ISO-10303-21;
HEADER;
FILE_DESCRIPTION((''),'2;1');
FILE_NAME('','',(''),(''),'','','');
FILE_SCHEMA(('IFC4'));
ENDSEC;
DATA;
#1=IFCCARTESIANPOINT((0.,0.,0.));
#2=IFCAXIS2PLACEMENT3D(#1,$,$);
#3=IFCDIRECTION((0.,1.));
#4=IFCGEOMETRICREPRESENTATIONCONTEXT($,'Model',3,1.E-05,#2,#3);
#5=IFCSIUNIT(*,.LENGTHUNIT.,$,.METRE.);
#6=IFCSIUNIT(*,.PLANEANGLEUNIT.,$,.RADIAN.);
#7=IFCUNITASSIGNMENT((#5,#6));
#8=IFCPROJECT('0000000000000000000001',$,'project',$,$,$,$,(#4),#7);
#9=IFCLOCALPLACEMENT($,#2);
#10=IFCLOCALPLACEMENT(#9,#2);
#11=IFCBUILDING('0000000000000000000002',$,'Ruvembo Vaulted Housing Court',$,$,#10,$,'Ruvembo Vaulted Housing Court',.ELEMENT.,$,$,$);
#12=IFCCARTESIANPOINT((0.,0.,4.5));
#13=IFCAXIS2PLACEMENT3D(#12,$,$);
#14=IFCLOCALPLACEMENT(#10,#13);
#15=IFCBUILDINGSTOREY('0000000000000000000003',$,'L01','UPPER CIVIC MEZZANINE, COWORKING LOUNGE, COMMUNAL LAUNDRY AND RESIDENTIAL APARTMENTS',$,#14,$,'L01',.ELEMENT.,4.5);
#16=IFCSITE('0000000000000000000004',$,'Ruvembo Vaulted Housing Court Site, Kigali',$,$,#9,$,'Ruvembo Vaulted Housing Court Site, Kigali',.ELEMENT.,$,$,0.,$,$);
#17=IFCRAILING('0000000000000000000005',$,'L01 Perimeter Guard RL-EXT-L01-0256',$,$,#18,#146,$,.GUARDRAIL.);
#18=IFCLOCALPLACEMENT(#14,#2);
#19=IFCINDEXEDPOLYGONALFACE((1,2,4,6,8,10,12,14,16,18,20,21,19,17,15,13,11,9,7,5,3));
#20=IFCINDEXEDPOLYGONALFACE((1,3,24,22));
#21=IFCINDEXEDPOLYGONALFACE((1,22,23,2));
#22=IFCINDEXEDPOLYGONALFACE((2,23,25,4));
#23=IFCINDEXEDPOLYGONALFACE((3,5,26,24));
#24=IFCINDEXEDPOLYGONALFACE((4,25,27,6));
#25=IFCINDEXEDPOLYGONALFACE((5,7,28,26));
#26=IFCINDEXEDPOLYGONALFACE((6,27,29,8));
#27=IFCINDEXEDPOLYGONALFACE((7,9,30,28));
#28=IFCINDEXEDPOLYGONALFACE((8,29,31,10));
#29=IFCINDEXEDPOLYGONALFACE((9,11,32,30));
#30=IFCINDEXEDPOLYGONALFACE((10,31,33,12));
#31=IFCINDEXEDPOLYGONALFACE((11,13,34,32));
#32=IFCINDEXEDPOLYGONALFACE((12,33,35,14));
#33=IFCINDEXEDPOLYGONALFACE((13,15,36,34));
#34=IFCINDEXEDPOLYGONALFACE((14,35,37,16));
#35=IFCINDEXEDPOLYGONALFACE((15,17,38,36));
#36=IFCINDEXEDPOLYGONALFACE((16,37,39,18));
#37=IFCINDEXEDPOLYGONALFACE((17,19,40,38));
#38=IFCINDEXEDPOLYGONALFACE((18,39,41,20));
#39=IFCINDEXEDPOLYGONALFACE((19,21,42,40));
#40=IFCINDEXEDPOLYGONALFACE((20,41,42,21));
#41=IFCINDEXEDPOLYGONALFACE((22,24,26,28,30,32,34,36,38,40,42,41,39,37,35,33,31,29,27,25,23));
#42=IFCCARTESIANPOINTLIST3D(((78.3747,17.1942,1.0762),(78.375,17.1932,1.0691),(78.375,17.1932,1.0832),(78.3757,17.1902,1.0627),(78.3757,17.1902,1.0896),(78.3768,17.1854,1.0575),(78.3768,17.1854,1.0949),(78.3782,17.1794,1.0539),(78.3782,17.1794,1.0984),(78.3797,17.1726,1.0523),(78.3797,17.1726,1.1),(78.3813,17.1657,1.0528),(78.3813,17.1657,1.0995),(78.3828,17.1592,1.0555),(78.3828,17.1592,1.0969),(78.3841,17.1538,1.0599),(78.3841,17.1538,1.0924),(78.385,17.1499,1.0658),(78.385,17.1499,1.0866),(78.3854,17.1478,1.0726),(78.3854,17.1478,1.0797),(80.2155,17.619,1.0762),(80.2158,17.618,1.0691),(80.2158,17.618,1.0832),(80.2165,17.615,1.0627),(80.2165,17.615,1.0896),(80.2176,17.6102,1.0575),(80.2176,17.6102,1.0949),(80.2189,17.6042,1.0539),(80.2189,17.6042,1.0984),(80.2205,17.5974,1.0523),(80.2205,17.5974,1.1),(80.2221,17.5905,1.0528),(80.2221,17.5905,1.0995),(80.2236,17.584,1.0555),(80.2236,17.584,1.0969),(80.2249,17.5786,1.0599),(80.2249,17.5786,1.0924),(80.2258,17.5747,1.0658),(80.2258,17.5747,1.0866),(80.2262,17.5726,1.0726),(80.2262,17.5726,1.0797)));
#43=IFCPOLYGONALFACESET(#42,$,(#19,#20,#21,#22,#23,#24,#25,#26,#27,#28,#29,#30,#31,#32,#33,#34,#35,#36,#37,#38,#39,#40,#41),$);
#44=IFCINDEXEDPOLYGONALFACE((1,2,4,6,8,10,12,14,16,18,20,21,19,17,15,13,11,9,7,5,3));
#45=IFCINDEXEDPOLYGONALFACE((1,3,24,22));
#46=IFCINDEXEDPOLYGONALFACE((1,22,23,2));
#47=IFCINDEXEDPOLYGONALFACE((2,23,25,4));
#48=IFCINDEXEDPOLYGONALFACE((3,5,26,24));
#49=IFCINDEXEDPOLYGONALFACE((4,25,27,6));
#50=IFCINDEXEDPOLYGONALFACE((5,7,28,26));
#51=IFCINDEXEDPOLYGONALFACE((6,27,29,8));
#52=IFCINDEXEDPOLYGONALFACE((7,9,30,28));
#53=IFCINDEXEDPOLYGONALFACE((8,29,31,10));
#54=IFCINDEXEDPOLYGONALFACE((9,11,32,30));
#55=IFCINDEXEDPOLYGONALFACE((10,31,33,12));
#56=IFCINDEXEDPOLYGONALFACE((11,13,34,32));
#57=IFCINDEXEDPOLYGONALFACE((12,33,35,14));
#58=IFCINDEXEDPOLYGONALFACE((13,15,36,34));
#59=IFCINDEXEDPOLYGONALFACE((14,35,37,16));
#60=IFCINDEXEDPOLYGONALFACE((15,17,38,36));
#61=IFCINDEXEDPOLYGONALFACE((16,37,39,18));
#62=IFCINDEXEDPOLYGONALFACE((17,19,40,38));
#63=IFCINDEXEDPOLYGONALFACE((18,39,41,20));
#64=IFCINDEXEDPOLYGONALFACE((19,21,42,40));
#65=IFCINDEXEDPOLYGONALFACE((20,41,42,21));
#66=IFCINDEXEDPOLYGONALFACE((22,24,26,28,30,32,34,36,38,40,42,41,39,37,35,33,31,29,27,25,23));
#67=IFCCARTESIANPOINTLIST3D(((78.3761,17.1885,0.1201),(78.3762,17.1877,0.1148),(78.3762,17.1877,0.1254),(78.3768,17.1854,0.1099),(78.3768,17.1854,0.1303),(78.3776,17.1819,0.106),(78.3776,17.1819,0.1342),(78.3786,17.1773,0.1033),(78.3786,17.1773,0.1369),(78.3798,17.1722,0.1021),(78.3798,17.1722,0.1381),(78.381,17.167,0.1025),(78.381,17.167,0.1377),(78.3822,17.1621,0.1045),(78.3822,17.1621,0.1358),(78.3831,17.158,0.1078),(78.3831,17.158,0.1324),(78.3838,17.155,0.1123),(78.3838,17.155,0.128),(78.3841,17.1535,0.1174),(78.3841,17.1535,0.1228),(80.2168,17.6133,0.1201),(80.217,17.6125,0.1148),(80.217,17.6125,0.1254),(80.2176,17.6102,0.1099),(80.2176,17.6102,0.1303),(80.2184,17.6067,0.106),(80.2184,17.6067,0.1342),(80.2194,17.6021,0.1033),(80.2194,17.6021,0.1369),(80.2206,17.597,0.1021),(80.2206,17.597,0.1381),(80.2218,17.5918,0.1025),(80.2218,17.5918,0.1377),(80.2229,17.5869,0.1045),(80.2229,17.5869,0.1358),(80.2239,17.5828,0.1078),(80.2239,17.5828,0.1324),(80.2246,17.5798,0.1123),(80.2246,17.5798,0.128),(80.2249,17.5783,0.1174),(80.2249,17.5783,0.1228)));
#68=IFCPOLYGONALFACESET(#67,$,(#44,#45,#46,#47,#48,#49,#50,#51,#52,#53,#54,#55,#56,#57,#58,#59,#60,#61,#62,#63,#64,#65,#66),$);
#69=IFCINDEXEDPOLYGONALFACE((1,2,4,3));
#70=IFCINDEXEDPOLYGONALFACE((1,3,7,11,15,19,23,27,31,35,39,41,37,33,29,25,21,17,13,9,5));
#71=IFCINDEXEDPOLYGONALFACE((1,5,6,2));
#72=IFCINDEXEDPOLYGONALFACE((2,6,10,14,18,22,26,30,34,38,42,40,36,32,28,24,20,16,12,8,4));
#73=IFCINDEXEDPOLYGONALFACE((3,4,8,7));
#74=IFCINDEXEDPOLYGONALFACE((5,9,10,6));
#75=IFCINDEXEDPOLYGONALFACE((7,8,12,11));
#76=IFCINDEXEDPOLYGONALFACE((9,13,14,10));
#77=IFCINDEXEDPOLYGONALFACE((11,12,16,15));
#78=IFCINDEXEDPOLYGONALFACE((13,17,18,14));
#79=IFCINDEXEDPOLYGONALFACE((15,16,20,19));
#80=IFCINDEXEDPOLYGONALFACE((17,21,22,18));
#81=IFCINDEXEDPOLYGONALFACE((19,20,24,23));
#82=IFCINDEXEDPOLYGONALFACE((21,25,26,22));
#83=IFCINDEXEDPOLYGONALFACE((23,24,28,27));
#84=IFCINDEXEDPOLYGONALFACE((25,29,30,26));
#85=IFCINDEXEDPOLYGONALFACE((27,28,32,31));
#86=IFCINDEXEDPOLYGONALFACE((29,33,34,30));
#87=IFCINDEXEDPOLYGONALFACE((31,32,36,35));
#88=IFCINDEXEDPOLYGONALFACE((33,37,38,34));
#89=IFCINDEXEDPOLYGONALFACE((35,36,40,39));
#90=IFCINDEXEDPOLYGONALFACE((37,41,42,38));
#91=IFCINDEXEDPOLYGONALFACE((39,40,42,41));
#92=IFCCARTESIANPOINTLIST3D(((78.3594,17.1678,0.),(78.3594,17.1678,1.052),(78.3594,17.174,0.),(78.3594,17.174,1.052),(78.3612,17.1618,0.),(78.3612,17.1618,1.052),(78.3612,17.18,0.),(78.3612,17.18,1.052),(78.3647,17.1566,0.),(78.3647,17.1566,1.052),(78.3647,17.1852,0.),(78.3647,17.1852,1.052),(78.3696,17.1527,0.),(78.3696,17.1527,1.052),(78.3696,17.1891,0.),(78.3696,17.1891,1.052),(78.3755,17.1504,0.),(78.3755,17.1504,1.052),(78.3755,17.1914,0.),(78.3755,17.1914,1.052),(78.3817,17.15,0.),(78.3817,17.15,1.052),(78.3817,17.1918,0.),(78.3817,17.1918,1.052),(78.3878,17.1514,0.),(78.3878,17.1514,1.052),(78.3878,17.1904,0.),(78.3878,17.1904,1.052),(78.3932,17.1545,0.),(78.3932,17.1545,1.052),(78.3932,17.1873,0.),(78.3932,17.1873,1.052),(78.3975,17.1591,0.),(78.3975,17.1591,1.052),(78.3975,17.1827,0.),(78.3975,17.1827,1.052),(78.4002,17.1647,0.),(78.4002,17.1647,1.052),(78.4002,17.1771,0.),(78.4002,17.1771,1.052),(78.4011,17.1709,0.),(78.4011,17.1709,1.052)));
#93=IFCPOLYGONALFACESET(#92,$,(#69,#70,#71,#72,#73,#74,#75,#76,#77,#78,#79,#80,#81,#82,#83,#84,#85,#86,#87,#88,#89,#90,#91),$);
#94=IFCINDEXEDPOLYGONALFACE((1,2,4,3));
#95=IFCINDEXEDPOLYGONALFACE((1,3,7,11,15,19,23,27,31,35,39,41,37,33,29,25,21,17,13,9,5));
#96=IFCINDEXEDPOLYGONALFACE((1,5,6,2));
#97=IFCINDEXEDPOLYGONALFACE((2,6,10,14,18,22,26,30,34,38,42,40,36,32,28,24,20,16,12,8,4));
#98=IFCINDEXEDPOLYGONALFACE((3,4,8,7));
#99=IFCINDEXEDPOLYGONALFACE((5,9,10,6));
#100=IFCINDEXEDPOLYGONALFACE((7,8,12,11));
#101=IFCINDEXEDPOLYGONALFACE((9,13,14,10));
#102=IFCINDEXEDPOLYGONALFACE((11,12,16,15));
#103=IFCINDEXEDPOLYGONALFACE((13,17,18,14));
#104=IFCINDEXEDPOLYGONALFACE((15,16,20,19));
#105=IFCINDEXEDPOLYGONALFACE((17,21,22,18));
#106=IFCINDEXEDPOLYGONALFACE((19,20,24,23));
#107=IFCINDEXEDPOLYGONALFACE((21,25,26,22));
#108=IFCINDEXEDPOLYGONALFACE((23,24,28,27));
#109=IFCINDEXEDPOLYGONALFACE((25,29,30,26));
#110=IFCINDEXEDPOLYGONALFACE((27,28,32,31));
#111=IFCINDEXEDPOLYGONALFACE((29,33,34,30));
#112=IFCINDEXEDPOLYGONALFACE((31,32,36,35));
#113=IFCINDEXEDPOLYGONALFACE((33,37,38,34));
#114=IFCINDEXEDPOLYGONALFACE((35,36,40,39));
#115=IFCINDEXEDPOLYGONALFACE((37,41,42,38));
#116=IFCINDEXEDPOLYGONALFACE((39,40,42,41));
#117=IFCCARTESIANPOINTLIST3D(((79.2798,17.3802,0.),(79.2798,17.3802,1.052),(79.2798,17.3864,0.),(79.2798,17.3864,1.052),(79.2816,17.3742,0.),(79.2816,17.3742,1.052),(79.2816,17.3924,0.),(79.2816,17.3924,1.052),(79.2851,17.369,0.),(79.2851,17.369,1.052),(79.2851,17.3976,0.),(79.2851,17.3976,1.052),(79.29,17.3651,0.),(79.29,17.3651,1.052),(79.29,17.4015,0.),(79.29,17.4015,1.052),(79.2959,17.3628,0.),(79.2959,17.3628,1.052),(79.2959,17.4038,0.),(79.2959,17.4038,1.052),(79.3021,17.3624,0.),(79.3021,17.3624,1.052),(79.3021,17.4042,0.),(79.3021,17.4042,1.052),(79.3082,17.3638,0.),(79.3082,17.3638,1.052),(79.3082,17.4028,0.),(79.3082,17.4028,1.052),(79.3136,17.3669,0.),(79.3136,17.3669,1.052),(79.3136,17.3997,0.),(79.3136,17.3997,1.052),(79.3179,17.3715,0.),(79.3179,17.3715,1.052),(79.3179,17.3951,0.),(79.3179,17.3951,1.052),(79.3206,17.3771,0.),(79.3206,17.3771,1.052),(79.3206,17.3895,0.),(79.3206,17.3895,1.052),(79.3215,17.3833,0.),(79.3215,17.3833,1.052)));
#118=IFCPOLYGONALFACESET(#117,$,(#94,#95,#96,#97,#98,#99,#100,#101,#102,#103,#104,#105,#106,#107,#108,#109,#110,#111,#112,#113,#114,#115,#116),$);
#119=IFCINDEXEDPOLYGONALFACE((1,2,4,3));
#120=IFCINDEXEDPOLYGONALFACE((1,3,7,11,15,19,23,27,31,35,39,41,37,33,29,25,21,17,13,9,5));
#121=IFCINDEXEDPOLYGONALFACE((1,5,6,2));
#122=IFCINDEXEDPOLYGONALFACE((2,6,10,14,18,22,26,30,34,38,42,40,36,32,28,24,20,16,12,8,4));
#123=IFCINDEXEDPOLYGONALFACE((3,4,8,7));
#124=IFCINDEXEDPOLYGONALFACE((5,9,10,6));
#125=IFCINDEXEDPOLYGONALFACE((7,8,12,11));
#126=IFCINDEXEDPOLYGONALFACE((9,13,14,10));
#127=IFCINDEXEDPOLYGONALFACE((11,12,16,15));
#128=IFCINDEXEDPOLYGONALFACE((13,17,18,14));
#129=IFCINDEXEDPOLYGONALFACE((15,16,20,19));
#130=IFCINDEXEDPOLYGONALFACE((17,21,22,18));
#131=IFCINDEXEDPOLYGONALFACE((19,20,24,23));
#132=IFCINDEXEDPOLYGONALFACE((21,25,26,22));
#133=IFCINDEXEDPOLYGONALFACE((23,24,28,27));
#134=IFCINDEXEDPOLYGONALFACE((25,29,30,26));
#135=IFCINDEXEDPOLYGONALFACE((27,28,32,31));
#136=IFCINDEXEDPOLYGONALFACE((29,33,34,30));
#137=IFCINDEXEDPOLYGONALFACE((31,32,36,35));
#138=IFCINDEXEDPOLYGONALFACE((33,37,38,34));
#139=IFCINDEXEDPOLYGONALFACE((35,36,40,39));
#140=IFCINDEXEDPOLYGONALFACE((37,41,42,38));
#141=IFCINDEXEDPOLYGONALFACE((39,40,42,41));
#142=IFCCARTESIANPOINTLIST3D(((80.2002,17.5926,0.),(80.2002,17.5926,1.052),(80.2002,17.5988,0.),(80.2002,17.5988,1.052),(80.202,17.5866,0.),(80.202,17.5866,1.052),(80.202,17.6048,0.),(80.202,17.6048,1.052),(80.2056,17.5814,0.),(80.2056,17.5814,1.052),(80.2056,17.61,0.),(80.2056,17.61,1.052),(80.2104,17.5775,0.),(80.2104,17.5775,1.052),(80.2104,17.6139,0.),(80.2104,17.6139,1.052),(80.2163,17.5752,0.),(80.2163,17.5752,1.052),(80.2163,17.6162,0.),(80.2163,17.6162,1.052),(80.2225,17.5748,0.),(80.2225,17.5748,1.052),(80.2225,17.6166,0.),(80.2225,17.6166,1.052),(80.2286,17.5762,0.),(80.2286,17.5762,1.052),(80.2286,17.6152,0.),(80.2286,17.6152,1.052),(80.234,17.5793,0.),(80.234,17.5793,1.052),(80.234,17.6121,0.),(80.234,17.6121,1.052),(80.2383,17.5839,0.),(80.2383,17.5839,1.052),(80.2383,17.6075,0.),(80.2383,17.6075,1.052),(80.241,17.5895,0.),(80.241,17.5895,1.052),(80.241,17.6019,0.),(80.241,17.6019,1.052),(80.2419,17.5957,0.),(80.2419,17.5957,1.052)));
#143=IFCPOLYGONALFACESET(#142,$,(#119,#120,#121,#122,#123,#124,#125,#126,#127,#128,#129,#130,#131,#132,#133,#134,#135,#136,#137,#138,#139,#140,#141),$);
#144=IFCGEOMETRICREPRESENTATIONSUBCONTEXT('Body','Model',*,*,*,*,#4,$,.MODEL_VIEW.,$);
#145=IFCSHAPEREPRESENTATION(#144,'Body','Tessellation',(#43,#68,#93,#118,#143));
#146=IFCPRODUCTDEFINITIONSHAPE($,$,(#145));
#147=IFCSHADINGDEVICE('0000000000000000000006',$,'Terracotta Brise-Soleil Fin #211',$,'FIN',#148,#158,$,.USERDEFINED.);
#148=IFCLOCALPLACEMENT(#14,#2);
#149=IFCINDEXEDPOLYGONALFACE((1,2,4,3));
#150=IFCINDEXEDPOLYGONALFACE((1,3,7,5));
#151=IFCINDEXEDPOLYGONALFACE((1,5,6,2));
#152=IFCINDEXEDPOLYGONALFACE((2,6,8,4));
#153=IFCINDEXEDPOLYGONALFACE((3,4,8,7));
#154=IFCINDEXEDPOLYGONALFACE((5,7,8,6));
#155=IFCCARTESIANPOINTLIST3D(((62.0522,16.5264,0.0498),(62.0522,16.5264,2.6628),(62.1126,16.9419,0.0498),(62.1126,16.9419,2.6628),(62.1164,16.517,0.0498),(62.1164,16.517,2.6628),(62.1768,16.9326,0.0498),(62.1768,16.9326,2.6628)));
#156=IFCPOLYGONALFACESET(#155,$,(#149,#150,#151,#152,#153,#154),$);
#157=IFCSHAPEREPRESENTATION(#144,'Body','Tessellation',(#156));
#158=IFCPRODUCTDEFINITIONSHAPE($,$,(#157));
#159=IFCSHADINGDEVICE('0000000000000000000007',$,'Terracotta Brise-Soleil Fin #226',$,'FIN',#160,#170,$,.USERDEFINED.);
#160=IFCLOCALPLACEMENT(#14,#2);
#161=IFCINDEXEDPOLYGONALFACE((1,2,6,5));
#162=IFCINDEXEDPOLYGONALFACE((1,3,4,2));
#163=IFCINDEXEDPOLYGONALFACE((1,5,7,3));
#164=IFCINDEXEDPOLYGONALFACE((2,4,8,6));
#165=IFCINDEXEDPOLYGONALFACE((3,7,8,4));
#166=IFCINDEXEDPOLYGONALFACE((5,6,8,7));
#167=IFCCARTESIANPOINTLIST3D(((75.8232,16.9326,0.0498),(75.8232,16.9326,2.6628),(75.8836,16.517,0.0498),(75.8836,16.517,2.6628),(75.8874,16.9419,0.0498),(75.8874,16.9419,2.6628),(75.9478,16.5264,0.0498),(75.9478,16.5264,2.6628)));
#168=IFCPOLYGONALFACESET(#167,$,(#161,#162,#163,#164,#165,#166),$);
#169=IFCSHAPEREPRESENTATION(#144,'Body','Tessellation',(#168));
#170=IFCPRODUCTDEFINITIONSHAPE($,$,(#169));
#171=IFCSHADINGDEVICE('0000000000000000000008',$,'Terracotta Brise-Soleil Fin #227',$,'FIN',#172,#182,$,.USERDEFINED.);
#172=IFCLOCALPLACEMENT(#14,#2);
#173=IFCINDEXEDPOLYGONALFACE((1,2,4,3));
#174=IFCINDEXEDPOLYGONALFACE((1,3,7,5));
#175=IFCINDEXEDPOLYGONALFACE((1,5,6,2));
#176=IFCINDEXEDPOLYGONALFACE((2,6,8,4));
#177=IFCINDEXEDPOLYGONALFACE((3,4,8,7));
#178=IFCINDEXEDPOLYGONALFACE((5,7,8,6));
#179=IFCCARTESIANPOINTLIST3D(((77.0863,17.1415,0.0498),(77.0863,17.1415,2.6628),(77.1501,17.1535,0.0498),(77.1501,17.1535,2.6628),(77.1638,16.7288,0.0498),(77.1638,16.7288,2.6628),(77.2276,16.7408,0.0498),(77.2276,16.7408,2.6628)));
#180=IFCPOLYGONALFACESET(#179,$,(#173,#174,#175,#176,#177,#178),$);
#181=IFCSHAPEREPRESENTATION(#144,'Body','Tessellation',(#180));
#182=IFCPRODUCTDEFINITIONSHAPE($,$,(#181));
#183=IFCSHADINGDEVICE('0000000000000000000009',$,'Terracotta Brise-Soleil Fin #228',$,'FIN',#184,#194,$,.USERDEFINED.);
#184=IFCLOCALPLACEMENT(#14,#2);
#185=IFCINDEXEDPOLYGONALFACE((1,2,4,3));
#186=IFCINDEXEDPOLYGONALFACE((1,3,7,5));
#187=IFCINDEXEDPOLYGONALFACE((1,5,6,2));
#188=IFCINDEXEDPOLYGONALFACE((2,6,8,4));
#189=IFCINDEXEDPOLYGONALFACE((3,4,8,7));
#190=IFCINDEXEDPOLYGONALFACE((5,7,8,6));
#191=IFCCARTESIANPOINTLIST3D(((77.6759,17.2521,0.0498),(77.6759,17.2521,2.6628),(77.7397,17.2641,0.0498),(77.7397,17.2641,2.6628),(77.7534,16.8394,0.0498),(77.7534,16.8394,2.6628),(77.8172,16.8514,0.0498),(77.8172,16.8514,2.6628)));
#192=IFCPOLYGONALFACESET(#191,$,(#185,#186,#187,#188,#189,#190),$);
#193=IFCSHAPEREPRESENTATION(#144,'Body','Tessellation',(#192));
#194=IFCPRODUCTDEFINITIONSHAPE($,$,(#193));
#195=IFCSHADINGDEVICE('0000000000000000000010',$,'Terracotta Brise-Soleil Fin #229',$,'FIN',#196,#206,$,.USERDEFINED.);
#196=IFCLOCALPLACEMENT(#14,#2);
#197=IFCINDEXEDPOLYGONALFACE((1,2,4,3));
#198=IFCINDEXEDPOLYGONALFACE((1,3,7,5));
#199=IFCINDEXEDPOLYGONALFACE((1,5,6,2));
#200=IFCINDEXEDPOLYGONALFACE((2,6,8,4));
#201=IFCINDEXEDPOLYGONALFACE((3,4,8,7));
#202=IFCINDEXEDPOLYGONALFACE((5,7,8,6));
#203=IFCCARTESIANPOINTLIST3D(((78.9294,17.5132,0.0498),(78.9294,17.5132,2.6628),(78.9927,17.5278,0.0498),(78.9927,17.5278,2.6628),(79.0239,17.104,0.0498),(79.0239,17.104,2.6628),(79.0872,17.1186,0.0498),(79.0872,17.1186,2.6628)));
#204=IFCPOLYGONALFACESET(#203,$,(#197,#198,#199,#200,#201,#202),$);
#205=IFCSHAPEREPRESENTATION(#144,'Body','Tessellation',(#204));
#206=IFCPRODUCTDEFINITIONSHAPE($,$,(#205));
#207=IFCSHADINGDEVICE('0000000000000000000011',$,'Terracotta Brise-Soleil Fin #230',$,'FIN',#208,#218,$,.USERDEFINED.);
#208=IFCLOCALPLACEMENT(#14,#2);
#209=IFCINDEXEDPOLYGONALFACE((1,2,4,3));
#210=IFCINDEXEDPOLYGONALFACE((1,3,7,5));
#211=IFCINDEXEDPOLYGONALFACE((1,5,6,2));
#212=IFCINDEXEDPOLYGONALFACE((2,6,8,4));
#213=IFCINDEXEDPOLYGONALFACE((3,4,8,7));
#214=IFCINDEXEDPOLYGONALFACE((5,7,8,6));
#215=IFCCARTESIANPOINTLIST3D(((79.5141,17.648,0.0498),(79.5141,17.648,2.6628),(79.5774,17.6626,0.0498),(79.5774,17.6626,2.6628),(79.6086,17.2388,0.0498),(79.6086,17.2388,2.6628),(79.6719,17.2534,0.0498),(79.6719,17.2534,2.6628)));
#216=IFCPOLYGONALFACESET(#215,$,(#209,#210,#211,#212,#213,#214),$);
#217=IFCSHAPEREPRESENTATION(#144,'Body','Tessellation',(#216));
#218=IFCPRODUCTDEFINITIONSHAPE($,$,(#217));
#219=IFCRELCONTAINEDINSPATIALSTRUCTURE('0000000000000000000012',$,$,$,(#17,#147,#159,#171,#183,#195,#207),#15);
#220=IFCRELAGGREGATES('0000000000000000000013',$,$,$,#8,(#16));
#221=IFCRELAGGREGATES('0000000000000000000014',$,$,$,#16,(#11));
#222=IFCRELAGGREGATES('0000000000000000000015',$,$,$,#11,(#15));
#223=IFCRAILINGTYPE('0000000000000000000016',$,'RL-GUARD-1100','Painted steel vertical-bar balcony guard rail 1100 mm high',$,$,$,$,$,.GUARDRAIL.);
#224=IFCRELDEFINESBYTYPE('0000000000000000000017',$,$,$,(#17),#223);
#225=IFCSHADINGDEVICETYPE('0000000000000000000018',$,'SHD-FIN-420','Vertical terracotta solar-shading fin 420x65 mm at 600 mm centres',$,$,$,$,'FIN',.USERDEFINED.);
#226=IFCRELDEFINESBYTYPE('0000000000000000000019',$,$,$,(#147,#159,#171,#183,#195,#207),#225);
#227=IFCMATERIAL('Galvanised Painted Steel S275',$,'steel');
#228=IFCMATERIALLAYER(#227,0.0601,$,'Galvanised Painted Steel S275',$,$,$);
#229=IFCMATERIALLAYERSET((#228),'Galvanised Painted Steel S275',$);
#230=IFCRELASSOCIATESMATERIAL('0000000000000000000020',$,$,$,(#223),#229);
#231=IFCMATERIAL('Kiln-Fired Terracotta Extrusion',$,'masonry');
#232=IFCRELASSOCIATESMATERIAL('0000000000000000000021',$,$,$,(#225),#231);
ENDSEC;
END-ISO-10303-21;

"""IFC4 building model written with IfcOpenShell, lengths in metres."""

from ifc_helpers import new_model, si_unit, direction, frame, origin, origin_2d, place, context, subcontext, project, spatial, rectangle, circle, extrude, material, layer, layer_set, type_object, element, save


model = new_model("IFC4")

# Units and contexts
model_context = context("Model", 3, precision=1e-05, world=origin(), true_north=direction((0.0, 1.0)))
body_context = subcontext(model_context, "Body", "Model", "MODEL_VIEW")
ifc_project = project(units=[si_unit("LENGTHUNIT", "METRE"), si_unit("PLANEANGLEUNIT", "RADIAN")], contexts=[model_context])

# Site, building, storey
site_placement = place(None, origin())
site = spatial("IfcSite", under=ifc_project, at=site_placement, Name="Ruvembo Vaulted Housing Court Site, Kigali", LongName="Ruvembo Vaulted Housing Court Site, Kigali", CompositionType="ELEMENT", RefElevation=0.0)
building_placement = place(site_placement, origin())
building = spatial("IfcBuilding", under=site, at=building_placement, Name="Ruvembo Vaulted Housing Court", LongName="Ruvembo Vaulted Housing Court", CompositionType="ELEMENT")
storey_placement = place(building_placement, frame((0.0, 0.0, 4.5)))
storey = spatial("IfcBuildingStorey", under=building, at=storey_placement, Name="L01", Description="UPPER CIVIC MEZZANINE, COWORKING LOUNGE, COMMUNAL LAUNDRY AND RESIDENTIAL APARTMENTS", LongName="L01", CompositionType="ELEMENT", Elevation=4.5)

# Railing
ifc_material_1 = material(Name="Galvanised Painted Steel S275", Category="steel")
ifc_layer = layer(ifc_material_1, 0.0601, Name="Galvanised Painted Steel S275")
ifc_layer_set = layer_set([ifc_layer], Name="Galvanised Painted Steel S275")
railing_type = type_object("IfcRailingType", Name="RL-GUARD-1100", Description="Painted steel vertical-bar balcony guard rail 1100 mm high", PredefinedType="GUARDRAIL", material=ifc_layer_set)
railing_1_placement = place(storey_placement, frame((78.3801, 17.1709, 0.0)))
element("IfcRailing", 1, at=railing_1_placement, inside=storey, type_object=railing_type, Name="L01 Perimeter Guard RL-EXT-L01-0256", PredefinedType="GUARDRAIL", context=body_context, shape_type="SweptSolid", body=[
    extrude(circle(Radius=0.0239, at=origin_2d()), frame((0.0, 0.0, 1.0762), z_axis=(0.974391, 0.22486, 0.0), x_axis=(-0.22486, 0.974391, 0.0)), (0.0, 0.0, 1.0), 1.8892),
    extrude(circle(Radius=0.0181, at=origin_2d()), frame((0.0, 0.0, 0.1201), z_axis=(0.974391, 0.22486, 0.0), x_axis=(-0.22486, 0.974391, 0.0)), (0.0, 0.0, 1.0), 1.8892),
    extrude(circle(Radius=0.021, at=origin_2d()), origin(), (0.0, 0.0, 1.0), 1.052),
    extrude(circle(Radius=0.021, at=origin_2d()), frame((0.9204, 0.2124, 0.0)), (0.0, 0.0, 1.0), 1.052),
    extrude(circle(Radius=0.021, at=origin_2d()), frame((1.8408, 0.4248, 0.0)), (0.0, 0.0, 1.0), 1.052),
])

# Shading devices
ifc_material_2 = material(Name="Kiln-Fired Terracotta Extrusion", Category="masonry")
shading_device_type = type_object("IfcShadingDeviceType", Name="SHD-FIN-420", Description="Vertical terracotta solar-shading fin 420x65 mm at 600 mm centres", ElementType="FIN", PredefinedType="USERDEFINED", material=ifc_material_2)
for number, where, z_axis, x_axis, name in (
    (2, (62.1145, 16.7295, 0.0498), (0.0, 0.0, 1.0), (-0.143873, -0.989596, 0.0), "Terracotta Brise-Soleil Fin #211"),
    (3, (75.8855, 16.7295, 0.0498), (0.0, 0.0, 1.0), (0.143873, -0.989596, 0.0), "Terracotta Brise-Soleil Fin #226"),
    (4, (77.157, 16.9412, 0.0498), (0.0, 0.0, 1.0), (0.184569, -0.98282, 0.0), "Terracotta Brise-Soleil Fin #227"),
    (5, (77.7466, 17.0518, 0.0498), (0.0, 0.0, 1.0), (0.184569, -0.98282, 0.0), "Terracotta Brise-Soleil Fin #228"),
    (6, (79.0083, 17.3159, 0.0498), (0.0, 0.0, 1.0), (0.224951, -0.97437, 0.0), "Terracotta Brise-Soleil Fin #229"),
    (7, (79.593, 17.4507, 0.0498), (0.0, 0.0, 1.0), (0.224951, -0.97437, 0.0), "Terracotta Brise-Soleil Fin #230"),
):
    element("IfcShadingDevice", number, at=place(storey_placement, frame(where, z_axis=z_axis, x_axis=x_axis)), inside=storey, type_object=shading_device_type, Name=name, ObjectType="FIN", PredefinedType="USERDEFINED", context=body_context, shape_type="SweptSolid", body=[
        extrude(rectangle(XDim=0.4199, YDim=0.0649, at=origin_2d()), origin(), (0.0, 0.0, 1.0), 2.613),
    ])

save(model, "model.ifc")
